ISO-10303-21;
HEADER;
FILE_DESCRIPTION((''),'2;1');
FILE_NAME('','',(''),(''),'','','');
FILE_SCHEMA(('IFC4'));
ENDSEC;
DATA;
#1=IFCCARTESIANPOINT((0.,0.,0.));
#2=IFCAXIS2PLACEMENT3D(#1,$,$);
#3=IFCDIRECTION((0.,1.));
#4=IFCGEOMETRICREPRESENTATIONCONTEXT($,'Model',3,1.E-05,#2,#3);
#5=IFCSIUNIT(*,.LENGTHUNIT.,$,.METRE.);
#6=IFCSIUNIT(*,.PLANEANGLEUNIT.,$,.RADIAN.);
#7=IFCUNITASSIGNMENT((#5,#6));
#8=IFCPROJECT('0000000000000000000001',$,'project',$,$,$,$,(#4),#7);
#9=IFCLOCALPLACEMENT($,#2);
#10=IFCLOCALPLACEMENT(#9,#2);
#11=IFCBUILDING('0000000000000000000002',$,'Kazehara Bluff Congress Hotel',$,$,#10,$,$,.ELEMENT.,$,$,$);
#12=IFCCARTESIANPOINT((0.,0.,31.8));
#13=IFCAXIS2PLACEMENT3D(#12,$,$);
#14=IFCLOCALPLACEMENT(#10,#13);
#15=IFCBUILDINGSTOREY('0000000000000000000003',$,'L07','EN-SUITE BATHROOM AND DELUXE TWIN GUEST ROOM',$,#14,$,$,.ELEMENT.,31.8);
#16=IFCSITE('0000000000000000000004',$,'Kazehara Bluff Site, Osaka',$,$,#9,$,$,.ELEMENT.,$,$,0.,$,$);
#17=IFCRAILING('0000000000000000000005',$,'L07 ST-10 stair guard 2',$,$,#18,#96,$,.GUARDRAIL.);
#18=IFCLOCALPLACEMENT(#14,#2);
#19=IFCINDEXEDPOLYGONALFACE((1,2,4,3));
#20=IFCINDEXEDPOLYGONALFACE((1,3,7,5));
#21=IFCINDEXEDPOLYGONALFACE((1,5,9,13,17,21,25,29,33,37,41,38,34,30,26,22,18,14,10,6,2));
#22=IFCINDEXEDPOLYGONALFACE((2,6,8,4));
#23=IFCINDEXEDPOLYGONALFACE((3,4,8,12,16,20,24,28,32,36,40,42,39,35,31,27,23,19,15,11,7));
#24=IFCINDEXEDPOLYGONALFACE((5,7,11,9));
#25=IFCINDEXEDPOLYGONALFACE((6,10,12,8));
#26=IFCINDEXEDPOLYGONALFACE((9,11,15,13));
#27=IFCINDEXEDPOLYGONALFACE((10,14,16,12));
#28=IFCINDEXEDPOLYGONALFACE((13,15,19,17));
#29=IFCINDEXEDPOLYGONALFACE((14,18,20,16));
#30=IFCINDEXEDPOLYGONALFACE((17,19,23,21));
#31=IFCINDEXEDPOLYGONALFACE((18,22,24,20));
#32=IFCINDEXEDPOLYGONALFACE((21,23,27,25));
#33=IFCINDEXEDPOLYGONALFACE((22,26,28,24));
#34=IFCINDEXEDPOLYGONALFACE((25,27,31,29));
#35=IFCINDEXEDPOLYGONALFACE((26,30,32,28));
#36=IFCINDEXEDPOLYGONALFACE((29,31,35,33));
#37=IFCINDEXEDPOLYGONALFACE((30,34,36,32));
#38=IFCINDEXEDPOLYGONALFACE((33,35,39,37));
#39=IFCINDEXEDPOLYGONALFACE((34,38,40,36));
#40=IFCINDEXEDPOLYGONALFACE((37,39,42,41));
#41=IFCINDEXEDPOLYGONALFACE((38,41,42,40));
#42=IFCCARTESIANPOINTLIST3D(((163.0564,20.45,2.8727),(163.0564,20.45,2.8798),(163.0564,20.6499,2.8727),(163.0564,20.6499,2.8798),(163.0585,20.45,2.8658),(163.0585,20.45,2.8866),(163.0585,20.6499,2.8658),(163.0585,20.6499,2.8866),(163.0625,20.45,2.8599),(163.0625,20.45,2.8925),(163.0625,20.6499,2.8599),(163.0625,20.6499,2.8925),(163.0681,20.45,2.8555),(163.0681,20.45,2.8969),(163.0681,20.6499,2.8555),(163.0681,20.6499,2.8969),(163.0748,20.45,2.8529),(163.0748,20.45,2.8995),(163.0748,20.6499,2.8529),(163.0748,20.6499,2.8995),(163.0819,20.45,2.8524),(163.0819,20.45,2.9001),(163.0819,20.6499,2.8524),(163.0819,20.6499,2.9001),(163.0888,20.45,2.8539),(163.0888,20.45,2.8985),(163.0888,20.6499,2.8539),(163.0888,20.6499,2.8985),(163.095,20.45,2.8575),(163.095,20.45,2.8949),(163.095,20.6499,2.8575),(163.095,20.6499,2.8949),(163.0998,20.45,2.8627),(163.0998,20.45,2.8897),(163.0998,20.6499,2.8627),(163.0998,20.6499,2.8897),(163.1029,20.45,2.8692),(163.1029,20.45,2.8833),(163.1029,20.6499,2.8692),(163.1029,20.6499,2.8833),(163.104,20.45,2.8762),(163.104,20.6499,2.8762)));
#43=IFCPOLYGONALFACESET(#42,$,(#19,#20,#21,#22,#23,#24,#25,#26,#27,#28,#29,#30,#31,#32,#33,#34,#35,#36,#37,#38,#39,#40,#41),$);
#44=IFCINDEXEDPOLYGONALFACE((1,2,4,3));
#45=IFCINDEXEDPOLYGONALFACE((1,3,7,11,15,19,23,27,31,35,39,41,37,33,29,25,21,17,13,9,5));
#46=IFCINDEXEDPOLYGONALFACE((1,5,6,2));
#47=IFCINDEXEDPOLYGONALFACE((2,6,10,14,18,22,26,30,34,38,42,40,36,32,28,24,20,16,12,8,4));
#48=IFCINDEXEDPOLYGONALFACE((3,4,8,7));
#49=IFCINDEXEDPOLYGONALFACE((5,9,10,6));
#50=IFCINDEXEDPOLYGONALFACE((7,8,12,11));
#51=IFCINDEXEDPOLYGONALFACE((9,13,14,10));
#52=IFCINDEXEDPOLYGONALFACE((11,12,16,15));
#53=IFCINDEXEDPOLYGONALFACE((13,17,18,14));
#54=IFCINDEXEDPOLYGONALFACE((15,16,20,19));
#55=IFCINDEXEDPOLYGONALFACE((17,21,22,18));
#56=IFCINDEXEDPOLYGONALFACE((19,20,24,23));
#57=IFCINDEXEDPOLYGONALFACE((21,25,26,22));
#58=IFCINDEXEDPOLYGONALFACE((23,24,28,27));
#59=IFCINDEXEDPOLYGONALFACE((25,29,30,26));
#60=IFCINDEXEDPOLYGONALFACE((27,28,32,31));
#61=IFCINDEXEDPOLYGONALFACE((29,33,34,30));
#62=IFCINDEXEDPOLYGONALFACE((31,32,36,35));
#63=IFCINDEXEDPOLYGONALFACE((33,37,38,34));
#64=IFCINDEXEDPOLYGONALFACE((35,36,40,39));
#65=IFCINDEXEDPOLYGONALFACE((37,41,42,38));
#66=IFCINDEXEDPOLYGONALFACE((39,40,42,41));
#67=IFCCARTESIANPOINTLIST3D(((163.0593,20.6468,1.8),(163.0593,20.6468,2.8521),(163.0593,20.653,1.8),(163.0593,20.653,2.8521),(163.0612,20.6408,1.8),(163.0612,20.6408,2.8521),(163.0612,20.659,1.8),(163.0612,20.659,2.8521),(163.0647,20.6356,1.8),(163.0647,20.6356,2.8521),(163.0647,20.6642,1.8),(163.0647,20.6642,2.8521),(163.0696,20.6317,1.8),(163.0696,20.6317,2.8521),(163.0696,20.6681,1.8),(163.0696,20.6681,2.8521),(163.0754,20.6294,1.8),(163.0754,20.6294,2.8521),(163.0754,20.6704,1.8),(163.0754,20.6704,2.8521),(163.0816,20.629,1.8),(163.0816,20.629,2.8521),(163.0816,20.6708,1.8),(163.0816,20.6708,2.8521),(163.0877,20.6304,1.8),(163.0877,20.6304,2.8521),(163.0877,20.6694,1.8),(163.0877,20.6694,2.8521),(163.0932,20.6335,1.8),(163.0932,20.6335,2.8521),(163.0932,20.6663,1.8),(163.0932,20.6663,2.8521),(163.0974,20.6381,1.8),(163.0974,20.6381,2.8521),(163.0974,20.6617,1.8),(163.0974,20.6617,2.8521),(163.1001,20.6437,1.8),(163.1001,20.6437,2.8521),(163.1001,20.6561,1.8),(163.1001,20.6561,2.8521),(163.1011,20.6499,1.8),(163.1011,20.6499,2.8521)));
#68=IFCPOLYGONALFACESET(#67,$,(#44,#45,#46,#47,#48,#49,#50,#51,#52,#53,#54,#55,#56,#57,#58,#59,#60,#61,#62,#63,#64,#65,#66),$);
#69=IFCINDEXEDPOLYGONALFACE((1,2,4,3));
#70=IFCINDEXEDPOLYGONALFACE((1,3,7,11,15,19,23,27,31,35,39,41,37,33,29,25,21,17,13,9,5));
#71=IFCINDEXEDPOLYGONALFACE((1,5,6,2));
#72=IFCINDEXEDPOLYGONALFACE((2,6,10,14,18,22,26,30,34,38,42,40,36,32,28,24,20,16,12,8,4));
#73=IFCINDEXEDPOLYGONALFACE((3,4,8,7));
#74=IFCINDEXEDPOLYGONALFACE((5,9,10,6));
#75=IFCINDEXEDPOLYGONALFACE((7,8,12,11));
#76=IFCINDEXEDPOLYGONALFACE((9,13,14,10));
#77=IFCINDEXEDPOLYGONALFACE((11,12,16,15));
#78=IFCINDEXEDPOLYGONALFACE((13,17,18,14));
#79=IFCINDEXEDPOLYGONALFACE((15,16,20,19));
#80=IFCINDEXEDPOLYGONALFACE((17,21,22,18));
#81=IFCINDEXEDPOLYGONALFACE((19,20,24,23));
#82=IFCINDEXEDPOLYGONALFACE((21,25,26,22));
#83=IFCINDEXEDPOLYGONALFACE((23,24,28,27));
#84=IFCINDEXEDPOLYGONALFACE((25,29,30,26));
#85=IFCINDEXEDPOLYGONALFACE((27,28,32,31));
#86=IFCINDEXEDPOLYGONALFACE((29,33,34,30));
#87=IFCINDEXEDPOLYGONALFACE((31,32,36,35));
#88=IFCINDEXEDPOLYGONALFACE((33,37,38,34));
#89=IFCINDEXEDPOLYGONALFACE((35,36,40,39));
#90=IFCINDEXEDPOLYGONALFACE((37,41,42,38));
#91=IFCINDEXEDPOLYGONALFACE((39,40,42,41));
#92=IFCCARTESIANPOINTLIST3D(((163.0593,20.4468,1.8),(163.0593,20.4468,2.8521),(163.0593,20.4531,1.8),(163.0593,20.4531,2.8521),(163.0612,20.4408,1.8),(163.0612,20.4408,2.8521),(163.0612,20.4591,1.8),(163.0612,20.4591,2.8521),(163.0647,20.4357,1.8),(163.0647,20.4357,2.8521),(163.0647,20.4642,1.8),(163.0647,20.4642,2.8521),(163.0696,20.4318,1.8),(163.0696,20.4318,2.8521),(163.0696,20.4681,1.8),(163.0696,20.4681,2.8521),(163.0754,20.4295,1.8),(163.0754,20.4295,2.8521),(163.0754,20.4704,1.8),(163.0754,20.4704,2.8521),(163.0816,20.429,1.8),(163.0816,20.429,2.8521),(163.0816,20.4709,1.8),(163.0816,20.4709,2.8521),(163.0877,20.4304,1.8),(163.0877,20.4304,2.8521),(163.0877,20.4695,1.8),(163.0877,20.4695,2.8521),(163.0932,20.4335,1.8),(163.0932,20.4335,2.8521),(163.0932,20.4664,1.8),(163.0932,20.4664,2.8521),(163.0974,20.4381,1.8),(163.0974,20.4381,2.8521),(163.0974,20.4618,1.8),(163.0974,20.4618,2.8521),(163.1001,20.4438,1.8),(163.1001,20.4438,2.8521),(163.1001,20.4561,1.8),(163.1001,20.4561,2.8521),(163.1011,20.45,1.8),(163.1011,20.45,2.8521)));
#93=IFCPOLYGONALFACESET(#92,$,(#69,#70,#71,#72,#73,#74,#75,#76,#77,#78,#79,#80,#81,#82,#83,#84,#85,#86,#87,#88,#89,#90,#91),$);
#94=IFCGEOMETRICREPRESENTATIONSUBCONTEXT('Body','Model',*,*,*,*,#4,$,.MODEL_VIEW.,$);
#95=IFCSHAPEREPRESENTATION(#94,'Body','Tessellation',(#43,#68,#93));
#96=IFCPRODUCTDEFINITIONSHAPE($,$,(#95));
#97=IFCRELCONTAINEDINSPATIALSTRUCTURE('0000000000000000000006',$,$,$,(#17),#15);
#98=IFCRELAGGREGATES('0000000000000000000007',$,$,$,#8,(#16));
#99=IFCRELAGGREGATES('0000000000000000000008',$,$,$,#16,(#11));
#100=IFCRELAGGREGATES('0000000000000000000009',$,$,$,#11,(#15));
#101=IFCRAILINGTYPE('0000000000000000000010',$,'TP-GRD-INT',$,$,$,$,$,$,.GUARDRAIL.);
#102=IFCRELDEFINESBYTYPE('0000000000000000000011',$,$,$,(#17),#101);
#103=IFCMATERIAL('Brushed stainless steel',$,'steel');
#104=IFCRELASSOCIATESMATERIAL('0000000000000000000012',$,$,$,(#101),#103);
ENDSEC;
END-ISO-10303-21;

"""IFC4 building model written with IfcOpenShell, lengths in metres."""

from ifc_helpers import new_model, si_unit, direction, frame, origin, origin_2d, place, context, subcontext, project, spatial, circle, extrude, material, type_object, element, save


model = new_model("IFC4")

# Units and contexts
model_context = context("Model", 3, precision=1e-05, world=origin(), true_north=direction((0.0, 1.0)))
body_context = subcontext(model_context, "Body", "Model", "MODEL_VIEW")
ifc_project = project(units=[si_unit("LENGTHUNIT", "METRE"), si_unit("PLANEANGLEUNIT", "RADIAN")], contexts=[model_context])

# Site, building, storey
site_placement = place(None, origin())
site = spatial("IfcSite", under=ifc_project, at=site_placement, Name="Kazehara Bluff Site, Osaka", CompositionType="ELEMENT", RefElevation=0.0)
building_placement = place(site_placement, origin())
building = spatial("IfcBuilding", under=site, at=building_placement, Name="Kazehara Bluff Congress Hotel", CompositionType="ELEMENT")
storey_placement = place(building_placement, frame((0.0, 0.0, 31.8)))
storey = spatial("IfcBuildingStorey", under=building, at=storey_placement, Name="L07", Description="EN-SUITE BATHROOM AND DELUXE TWIN GUEST ROOM", CompositionType="ELEMENT", Elevation=31.8)

# Railing
ifc_material_1 = material(Name="Brushed stainless steel", Category="steel")
railing_type_1 = type_object("IfcRailingType", Name="TP-GRD-INT", PredefinedType="GUARDRAIL", material=ifc_material_1)
railing_1_placement = place(storey_placement, frame((163.0801, 20.6499, 1.8)))
element("IfcRailing", 1, at=railing_1_placement, inside=storey, type_object=railing_type_1, Name="L07 ST-10 stair guard 2", PredefinedType="GUARDRAIL", context=body_context, shape_type="SweptSolid", body=[
    extrude(circle(Radius=0.0239, at=origin_2d()), frame((0.0, 0.0, 1.0762), z_axis=(0.0, -1.0, 0.0), x_axis=(1.0, 0.0, 0.0)), (0.0, 0.0, 1.0), 0.2),
    extrude(circle(Radius=0.021, at=origin_2d()), origin(), (0.0, 0.0, 1.0), 1.052),
    extrude(circle(Radius=0.021, at=origin_2d()), frame((0.0, -0.2, 0.0)), (0.0, 0.0, 1.0), 1.052),
])

save(model, "model.ifc")
